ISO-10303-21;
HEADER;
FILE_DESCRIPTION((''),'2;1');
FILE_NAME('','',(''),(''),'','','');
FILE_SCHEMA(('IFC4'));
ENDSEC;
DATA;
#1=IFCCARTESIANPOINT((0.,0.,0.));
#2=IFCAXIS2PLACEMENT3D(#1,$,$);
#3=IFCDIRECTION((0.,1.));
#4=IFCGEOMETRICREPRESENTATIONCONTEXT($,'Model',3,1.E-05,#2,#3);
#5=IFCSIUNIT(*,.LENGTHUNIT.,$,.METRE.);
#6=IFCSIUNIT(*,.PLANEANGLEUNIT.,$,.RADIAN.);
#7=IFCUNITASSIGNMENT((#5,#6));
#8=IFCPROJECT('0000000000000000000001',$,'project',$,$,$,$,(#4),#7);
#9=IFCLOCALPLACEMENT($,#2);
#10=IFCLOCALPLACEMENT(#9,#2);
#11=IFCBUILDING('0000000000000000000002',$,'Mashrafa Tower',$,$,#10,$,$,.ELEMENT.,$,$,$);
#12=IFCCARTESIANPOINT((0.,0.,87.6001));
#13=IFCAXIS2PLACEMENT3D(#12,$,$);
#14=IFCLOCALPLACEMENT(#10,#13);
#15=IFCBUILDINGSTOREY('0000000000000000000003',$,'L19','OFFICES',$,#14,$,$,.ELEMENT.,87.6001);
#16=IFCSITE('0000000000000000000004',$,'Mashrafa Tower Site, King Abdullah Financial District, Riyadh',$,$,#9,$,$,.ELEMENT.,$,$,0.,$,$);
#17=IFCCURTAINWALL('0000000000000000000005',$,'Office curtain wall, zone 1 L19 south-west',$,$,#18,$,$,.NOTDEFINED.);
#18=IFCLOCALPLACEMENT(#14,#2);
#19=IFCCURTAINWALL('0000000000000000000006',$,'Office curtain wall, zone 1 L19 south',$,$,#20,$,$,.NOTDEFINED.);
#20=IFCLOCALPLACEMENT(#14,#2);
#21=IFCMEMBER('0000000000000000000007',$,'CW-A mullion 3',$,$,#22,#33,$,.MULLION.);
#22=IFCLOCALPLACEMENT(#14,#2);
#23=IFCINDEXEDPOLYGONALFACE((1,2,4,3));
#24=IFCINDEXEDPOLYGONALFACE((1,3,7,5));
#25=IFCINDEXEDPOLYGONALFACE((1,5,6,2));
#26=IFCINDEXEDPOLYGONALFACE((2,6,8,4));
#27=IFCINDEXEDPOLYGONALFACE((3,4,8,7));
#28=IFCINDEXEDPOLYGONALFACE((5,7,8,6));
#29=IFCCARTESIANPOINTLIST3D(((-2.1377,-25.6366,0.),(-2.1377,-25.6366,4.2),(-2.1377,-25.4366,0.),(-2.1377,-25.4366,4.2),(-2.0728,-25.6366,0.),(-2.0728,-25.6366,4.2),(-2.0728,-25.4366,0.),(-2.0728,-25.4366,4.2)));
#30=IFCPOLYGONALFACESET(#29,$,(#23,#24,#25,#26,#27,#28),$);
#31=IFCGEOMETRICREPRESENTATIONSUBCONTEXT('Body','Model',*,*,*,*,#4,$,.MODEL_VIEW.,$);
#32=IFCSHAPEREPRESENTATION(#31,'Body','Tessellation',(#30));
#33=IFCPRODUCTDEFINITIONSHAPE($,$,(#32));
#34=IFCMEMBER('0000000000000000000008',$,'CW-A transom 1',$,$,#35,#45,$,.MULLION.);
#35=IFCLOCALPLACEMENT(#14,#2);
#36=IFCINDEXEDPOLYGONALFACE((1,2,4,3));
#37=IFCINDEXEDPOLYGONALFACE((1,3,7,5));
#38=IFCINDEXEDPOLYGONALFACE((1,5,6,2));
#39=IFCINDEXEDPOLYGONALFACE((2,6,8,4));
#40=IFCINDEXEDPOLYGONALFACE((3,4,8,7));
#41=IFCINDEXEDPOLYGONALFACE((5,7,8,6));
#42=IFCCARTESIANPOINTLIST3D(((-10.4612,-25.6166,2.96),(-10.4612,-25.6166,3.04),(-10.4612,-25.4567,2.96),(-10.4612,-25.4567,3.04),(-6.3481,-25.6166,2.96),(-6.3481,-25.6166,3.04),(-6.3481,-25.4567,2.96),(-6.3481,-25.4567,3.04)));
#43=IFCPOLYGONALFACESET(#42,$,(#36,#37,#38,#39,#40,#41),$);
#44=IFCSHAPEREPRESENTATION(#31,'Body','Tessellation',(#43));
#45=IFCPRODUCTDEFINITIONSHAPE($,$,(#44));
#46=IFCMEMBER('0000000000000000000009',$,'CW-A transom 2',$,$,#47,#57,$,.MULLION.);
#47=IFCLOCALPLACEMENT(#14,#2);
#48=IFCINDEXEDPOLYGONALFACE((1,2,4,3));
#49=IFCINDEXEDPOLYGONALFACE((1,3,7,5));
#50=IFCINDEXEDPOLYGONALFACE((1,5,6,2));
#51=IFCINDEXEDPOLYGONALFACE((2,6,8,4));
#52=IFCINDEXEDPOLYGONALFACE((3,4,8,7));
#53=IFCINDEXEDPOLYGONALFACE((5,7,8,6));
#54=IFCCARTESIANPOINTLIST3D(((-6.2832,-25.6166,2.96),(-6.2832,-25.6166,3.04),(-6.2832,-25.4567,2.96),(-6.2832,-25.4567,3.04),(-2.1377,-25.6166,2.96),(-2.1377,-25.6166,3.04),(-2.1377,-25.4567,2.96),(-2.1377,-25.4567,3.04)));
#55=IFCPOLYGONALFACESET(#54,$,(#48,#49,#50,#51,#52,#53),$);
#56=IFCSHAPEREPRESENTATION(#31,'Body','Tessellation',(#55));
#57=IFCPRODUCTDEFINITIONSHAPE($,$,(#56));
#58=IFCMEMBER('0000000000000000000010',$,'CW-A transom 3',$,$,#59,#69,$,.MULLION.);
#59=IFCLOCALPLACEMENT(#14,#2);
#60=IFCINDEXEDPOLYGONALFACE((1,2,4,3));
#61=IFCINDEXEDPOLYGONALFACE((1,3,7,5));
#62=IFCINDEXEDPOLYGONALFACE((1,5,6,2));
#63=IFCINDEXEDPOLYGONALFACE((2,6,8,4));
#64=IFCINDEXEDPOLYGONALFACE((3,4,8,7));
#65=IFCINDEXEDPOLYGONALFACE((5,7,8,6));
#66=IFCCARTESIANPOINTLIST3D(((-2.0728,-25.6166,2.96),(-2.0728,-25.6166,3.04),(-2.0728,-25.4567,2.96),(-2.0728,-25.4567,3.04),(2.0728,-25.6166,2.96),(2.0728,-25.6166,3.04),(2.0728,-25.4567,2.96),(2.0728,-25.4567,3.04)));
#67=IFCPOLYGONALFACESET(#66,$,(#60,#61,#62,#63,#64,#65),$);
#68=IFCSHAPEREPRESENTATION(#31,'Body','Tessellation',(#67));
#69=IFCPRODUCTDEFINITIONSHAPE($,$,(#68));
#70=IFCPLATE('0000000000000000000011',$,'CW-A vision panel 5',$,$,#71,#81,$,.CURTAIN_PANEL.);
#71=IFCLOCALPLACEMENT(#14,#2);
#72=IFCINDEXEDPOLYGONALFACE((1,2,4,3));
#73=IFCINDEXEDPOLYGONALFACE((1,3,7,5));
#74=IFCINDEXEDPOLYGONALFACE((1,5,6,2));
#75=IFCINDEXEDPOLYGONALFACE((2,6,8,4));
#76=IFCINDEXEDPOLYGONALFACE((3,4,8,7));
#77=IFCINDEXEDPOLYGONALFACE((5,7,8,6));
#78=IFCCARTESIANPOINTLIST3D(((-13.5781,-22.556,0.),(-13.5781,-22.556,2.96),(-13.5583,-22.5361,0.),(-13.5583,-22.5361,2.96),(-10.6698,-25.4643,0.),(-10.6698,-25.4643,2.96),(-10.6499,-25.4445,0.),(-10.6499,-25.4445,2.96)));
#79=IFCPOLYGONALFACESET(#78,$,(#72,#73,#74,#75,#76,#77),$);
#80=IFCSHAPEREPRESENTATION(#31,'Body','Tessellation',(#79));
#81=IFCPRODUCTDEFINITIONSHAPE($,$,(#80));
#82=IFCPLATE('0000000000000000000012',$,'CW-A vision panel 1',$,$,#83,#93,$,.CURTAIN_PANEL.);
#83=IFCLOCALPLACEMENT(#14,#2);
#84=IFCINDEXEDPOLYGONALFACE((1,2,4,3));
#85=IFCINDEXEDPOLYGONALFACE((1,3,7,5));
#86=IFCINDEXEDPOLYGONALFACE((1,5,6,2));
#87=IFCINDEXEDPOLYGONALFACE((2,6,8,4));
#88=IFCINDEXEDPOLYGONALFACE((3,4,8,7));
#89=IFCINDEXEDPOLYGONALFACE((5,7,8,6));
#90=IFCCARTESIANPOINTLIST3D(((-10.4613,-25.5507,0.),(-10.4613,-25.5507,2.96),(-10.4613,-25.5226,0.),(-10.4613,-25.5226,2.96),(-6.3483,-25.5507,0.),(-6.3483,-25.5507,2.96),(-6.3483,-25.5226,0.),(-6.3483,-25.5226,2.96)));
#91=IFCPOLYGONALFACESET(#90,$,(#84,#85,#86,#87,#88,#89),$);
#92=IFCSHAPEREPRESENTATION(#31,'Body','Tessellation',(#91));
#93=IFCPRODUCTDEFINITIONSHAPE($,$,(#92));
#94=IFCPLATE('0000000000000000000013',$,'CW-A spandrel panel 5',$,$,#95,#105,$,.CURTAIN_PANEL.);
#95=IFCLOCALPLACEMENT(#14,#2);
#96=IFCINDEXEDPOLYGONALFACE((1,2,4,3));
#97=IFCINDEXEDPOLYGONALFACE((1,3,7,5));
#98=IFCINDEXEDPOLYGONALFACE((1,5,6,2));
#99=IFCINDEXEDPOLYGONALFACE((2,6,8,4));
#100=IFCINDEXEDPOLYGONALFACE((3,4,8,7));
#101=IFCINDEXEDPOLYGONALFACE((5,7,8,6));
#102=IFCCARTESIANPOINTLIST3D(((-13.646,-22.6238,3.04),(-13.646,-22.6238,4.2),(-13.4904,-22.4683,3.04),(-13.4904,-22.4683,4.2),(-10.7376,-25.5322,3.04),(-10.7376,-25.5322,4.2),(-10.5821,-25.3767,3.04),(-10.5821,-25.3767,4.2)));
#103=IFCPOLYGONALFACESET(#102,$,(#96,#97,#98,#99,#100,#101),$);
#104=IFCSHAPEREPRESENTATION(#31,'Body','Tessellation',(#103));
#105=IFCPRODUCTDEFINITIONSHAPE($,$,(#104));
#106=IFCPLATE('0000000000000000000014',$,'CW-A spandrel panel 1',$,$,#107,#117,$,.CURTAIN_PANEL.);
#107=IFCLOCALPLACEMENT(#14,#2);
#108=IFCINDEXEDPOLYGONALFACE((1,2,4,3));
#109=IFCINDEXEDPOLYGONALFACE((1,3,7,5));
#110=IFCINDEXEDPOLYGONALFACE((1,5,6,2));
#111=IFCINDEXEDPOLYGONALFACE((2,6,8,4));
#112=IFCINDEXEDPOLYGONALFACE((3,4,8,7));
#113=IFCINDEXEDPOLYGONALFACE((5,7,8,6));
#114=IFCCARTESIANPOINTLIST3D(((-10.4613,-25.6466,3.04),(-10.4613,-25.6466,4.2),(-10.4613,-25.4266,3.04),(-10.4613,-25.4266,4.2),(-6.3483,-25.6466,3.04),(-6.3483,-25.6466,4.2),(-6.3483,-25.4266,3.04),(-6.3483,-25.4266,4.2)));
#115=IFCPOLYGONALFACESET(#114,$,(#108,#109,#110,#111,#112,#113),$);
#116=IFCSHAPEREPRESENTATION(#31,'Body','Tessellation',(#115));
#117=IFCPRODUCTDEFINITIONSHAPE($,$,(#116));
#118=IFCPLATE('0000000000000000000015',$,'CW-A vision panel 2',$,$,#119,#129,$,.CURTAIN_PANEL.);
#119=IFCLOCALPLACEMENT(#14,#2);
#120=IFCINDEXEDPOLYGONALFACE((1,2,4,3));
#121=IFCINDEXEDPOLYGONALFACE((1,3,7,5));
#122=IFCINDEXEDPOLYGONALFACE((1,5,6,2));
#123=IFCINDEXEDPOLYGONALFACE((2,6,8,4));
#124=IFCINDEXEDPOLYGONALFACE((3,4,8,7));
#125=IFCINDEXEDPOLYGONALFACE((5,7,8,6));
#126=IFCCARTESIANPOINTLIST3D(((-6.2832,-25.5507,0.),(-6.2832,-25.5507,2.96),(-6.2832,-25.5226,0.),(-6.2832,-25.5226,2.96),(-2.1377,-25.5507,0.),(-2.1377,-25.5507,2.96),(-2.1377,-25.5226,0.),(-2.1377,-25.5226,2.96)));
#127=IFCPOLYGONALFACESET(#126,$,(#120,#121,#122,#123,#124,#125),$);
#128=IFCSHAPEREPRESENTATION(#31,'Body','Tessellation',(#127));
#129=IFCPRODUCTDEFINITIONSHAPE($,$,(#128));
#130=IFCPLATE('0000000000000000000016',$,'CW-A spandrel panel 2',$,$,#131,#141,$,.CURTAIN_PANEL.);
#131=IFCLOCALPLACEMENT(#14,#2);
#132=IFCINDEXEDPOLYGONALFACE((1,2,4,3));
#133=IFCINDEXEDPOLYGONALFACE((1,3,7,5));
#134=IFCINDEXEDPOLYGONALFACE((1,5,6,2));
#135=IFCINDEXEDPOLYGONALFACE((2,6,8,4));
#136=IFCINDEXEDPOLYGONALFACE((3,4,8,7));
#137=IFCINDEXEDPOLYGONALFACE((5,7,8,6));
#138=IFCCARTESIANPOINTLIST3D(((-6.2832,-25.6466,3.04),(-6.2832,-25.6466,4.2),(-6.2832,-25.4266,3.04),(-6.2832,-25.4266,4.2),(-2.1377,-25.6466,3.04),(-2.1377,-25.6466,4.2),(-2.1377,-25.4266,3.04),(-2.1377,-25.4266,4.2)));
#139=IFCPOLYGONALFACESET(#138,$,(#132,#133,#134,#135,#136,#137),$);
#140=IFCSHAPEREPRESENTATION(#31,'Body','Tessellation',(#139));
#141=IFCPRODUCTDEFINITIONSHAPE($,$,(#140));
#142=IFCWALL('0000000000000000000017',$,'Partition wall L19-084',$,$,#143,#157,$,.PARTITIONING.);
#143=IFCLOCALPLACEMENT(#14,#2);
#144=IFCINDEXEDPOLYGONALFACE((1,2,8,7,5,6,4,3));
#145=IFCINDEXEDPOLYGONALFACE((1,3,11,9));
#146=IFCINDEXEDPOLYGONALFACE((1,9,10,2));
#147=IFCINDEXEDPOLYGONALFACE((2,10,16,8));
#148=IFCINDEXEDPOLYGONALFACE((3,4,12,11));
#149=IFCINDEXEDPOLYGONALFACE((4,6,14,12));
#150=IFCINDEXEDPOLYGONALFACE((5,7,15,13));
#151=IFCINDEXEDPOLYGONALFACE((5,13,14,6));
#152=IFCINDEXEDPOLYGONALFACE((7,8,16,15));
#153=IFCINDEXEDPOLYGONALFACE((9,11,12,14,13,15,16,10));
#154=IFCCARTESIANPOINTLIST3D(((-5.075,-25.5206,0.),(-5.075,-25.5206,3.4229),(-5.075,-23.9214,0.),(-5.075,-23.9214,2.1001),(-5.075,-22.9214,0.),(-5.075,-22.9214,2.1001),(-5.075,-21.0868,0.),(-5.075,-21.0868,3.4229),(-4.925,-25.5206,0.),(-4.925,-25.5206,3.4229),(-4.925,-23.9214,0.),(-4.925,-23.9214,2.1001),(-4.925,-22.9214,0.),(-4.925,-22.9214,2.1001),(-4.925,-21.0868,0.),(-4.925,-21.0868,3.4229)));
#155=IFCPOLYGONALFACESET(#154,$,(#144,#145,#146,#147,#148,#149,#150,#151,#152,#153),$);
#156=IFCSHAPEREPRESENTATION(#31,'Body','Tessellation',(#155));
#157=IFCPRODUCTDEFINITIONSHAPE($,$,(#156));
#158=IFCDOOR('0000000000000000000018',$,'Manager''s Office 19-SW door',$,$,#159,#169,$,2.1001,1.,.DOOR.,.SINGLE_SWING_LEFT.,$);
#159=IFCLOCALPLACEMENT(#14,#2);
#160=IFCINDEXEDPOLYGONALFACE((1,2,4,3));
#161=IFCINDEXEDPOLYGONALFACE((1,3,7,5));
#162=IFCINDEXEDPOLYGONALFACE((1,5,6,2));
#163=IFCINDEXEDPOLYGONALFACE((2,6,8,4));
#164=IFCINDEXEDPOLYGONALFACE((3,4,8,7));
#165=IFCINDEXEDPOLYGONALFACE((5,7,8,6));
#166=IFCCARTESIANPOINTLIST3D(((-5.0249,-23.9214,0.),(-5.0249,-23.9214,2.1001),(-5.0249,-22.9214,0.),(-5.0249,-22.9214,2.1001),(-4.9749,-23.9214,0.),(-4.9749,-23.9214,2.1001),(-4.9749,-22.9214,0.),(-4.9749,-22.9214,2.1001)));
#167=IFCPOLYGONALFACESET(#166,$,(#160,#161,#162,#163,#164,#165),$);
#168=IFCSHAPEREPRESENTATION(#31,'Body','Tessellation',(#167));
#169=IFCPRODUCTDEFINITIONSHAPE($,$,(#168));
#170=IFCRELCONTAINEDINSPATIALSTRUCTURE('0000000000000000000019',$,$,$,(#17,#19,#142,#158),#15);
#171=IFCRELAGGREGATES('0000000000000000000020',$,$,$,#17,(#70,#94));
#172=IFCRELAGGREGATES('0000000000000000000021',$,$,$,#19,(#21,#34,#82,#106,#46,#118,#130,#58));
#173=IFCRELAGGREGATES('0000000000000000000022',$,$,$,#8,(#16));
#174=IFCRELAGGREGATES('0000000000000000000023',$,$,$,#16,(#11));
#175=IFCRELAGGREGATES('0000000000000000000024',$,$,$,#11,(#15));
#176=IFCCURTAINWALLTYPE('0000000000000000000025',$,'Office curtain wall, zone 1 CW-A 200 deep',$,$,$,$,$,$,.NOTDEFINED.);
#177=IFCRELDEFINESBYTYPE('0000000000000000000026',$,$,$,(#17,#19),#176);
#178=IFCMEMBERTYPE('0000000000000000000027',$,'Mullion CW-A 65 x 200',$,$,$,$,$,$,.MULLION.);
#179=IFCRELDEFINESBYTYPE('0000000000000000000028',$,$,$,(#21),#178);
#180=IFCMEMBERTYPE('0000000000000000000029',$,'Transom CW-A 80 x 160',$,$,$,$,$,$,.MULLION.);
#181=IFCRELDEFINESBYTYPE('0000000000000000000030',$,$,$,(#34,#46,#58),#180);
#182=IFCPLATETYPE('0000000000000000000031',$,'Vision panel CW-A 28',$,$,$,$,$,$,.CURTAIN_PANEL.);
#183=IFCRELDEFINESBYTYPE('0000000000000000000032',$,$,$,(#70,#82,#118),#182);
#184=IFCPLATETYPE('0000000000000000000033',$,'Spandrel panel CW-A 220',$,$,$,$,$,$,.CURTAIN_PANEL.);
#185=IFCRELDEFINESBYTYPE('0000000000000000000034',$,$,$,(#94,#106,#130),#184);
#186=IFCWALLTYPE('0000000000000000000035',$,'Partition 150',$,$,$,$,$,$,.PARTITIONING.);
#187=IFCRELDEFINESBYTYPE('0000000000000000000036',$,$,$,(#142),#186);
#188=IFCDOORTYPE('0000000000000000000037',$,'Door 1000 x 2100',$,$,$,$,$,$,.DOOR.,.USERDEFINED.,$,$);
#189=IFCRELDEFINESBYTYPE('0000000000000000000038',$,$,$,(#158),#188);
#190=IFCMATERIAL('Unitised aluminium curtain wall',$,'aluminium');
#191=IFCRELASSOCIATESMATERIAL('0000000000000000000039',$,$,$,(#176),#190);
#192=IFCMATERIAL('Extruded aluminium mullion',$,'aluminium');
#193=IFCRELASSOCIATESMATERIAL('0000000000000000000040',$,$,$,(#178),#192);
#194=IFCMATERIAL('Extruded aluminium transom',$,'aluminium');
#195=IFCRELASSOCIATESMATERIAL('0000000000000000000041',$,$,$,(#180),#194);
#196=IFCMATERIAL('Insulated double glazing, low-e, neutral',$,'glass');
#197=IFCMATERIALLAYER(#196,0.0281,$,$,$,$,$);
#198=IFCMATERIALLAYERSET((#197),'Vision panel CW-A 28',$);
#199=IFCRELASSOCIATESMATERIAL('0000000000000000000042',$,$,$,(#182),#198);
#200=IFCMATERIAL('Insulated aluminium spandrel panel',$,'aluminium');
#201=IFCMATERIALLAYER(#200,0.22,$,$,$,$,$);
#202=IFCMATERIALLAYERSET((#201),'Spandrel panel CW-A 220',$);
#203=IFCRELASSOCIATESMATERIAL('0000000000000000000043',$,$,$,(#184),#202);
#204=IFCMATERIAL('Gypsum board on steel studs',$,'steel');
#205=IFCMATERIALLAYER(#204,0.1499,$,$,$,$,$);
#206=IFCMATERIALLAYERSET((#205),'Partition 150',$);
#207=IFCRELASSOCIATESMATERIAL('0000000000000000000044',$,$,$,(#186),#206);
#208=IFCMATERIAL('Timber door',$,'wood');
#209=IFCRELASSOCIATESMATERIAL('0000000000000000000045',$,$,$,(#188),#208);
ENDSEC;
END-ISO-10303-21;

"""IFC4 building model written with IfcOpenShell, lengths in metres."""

from ifc_helpers import new_model, si_unit, direction, frame, frame_2d, origin, origin_2d, place, context, subcontext, project, spatial, rectangle, extrude, source, transform, mapped, material, layer, layer_set, material_profile, profile_set, type_object, type_shapes, element, fill, aggregate, save


model = new_model("IFC4")

# Units and contexts
model_context = context("Model", 3, precision=1e-05, world=origin(), true_north=direction((0.0, 1.0)))
body_context = subcontext(model_context, "Body", "Model", "MODEL_VIEW")
ifc_project = project(units=[si_unit("LENGTHUNIT", "METRE"), si_unit("PLANEANGLEUNIT", "RADIAN")], contexts=[model_context])

# Site, building, storey
site_placement = place(None, origin())
site = spatial("IfcSite", under=ifc_project, at=site_placement, Name="Mashrafa Tower Site, King Abdullah Financial District, Riyadh", CompositionType="ELEMENT", RefElevation=0.0)
building_placement = place(site_placement, origin())
building = spatial("IfcBuilding", under=site, at=building_placement, Name="Mashrafa Tower", CompositionType="ELEMENT")
storey_placement = place(building_placement, frame((0.0, 0.0, 87.6001)))
storey = spatial("IfcBuildingStorey", under=building, at=storey_placement, Name="L19", Description="OFFICES", CompositionType="ELEMENT", Elevation=87.6001)

# Curtain wall
ifc_material_1 = material(Name="Unitised aluminium curtain wall", Category="aluminium")
curtain_wall_type = type_object("IfcCurtainWallType", Name="Office curtain wall, zone 1 CW-A 200 deep", PredefinedType="NOTDEFINED", material=ifc_material_1)
curtain_wall_1_placement = place(storey_placement, origin())
curtain_wall_1 = element("IfcCurtainWall", 1, at=curtain_wall_1_placement, inside=storey, type_object=curtain_wall_type, Name="Office curtain wall, zone 1 L19 south-west", PredefinedType="NOTDEFINED")
ifc_material_2 = material(Name="Extruded aluminium mullion", Category="aluminium")
ifc_material_profile_1 = material_profile(ifc_material_2, rectangle(XDim=0.2, YDim=0.0649, at=origin_2d()), Name="Mullion 65x200")
ifc_profile_set_1 = profile_set([ifc_material_profile_1], Name="Extruded aluminium mullion")
member_type_1 = type_object("IfcMemberType", Name="Mullion CW-A 65 x 200", PredefinedType="MULLION", material=ifc_profile_set_1)
shared_shape_1 = source(origin(), body_context, "Body", "SweptSolid", [
    extrude(rectangle(XDim=0.2, YDim=0.0649, at=origin_2d()), origin(), (0.0, 0.0, 1.0), 4.2),
])
type_shapes(member_type_1, [shared_shape_1])

# Curtain wall, members
curtain_wall_2_placement = place(storey_placement, origin())
curtain_wall_2 = element("IfcCurtainWall", 2, at=curtain_wall_2_placement, inside=storey, type_object=curtain_wall_type, Name="Office curtain wall, zone 1 L19 south", PredefinedType="NOTDEFINED")
member_1_placement = place(storey_placement, frame((-2.1052, -25.5366, 0.0), z_axis=(0.0, 0.0, 1.0), x_axis=(0.0, 1.0, 0.0)))
member_1 = element("IfcMember", 3, at=member_1_placement, type_object=member_type_1, Name="CW-A mullion 3", PredefinedType="MULLION", context=body_context, shape_type="MappedRepresentation", body=[
    mapped(shared_shape_1, transform((0.0, 0.0, 0.0))),
])
ifc_material_3 = material(Name="Extruded aluminium transom", Category="aluminium")
ifc_material_profile_2 = material_profile(ifc_material_3, rectangle(XDim=0.1599, YDim=0.0801, at=origin_2d()), Name="Transom 80x160")
ifc_profile_set_2 = profile_set([ifc_material_profile_2], Name="Extruded aluminium transom")
member_type_2 = type_object("IfcMemberType", Name="Transom CW-A 80 x 160", PredefinedType="MULLION", material=ifc_profile_set_2)
shared_shape_2 = source(origin(), body_context, "Body", "SweptSolid", [
    extrude(rectangle(XDim=0.1599, YDim=0.0801, at=origin_2d()), origin(), (0.0, 0.0, 1.0), 4.113),
])
member_2_placement = place(storey_placement, frame((-10.4612, -25.5366, 3.0), z_axis=(1.0, 0.0, 0.0), x_axis=(0.0, 1.0, 0.0)))
member_2 = element("IfcMember", 4, at=member_2_placement, type_object=member_type_2, Name="CW-A transom 1", PredefinedType="MULLION", context=body_context, shape_type="MappedRepresentation", body=[
    mapped(shared_shape_2, transform((0.0, 0.0, 0.0))),
])
shared_shape_3 = source(origin(), body_context, "Body", "SweptSolid", [
    extrude(rectangle(XDim=0.1599, YDim=0.0801, at=origin_2d()), origin(), (0.0, 0.0, 1.0), 4.1455),
])
type_shapes(member_type_2, [shared_shape_2, shared_shape_3])
member_3_placement = place(storey_placement, frame((-6.2832, -25.5366, 3.0), z_axis=(1.0, 0.0, 0.0), x_axis=(0.0, 1.0, 0.0)))
member_3 = element("IfcMember", 5, at=member_3_placement, type_object=member_type_2, Name="CW-A transom 2", PredefinedType="MULLION", context=body_context, shape_type="MappedRepresentation", body=[
    mapped(shared_shape_3, transform((0.0, 0.0, 0.0))),
])
member_4_placement = place(storey_placement, frame((-2.0728, -25.5366, 3.0), z_axis=(1.0, 0.0, 0.0), x_axis=(0.0, 1.0, 0.0)))
member_4 = element("IfcMember", 6, at=member_4_placement, type_object=member_type_2, Name="CW-A transom 3", PredefinedType="MULLION", context=body_context, shape_type="MappedRepresentation", body=[
    mapped(shared_shape_3, transform((0.0, 0.0, 0.0))),
])

# Plates
ifc_material_4 = material(Name="Insulated double glazing, low-e, neutral", Category="glass")
ifc_layer_1 = layer(ifc_material_4, 0.0281)
ifc_layer_set_1 = layer_set([ifc_layer_1], Name="Vision panel CW-A 28")
plate_type_1 = type_object("IfcPlateType", Name="Vision panel CW-A 28", PredefinedType="CURTAIN_PANEL", material=ifc_layer_set_1)
shared_shape_4 = source(origin(), body_context, "Body", "SweptSolid", [
    extrude(rectangle(XDim=4.113, YDim=0.0281, at=origin_2d()), origin(), (0.0, 0.0, 1.0), 2.96),
])
plate_1_placement = place(storey_placement, frame((-12.114, -24.0002, 0.0), z_axis=(0.0, 0.0, 1.0), x_axis=(0.707107, -0.707107, 0.0)))
plate_1 = element("IfcPlate", 7, at=plate_1_placement, type_object=plate_type_1, Name="CW-A vision panel 5", PredefinedType="CURTAIN_PANEL", context=body_context, shape_type="MappedRepresentation", body=[
    mapped(shared_shape_4, transform((0.0, 0.0, 0.0))),
])
plate_2_placement = place(storey_placement, frame((-8.4048, -25.5366, 0.0), z_axis=(0.0, 0.0, 1.0), x_axis=(1.0, 0.0, 0.0)))
plate_2 = element("IfcPlate", 8, at=plate_2_placement, type_object=plate_type_1, Name="CW-A vision panel 1", PredefinedType="CURTAIN_PANEL", context=body_context, shape_type="MappedRepresentation", body=[
    mapped(shared_shape_4, transform((0.0, 0.0, 0.0))),
])
ifc_material_5 = material(Name="Insulated aluminium spandrel panel", Category="aluminium")
ifc_layer_2 = layer(ifc_material_5, 0.22)
ifc_layer_set_2 = layer_set([ifc_layer_2], Name="Spandrel panel CW-A 220")
plate_type_2 = type_object("IfcPlateType", Name="Spandrel panel CW-A 220", PredefinedType="CURTAIN_PANEL", material=ifc_layer_set_2)
shared_shape_5 = source(origin(), body_context, "Body", "SweptSolid", [
    extrude(rectangle(XDim=4.113, YDim=0.22, at=origin_2d()), origin(), (0.0, 0.0, 1.0), 1.1599),
])
plate_3_placement = place(storey_placement, frame((-12.114, -24.0002, 3.04), z_axis=(0.0, 0.0, 1.0), x_axis=(0.707107, -0.707107, 0.0)))
plate_3 = element("IfcPlate", 9, at=plate_3_placement, type_object=plate_type_2, Name="CW-A spandrel panel 5", PredefinedType="CURTAIN_PANEL", context=body_context, shape_type="MappedRepresentation", body=[
    mapped(shared_shape_5, transform((0.0, 0.0, 0.0))),
])
aggregate(curtain_wall_1, [plate_1, plate_3])
plate_4_placement = place(storey_placement, frame((-8.4048, -25.5366, 3.04), z_axis=(0.0, 0.0, 1.0), x_axis=(1.0, 0.0, 0.0)))
plate_4 = element("IfcPlate", 10, at=plate_4_placement, type_object=plate_type_2, Name="CW-A spandrel panel 1", PredefinedType="CURTAIN_PANEL", context=body_context, shape_type="MappedRepresentation", body=[
    mapped(shared_shape_5, transform((0.0, 0.0, 0.0))),
])
shared_shape_6 = source(origin(), body_context, "Body", "SweptSolid", [
    extrude(rectangle(XDim=4.1455, YDim=0.0281, at=origin_2d()), origin(), (0.0, 0.0, 1.0), 2.96),
])
type_shapes(plate_type_1, [shared_shape_4, shared_shape_6])
plate_5_placement = place(storey_placement, frame((-4.2104, -25.5366, 0.0), z_axis=(0.0, 0.0, 1.0), x_axis=(1.0, 0.0, 0.0)))
plate_5 = element("IfcPlate", 11, at=plate_5_placement, type_object=plate_type_1, Name="CW-A vision panel 2", PredefinedType="CURTAIN_PANEL", context=body_context, shape_type="MappedRepresentation", body=[
    mapped(shared_shape_6, transform((0.0, 0.0, 0.0))),
])
shared_shape_7 = source(origin(), body_context, "Body", "SweptSolid", [
    extrude(rectangle(XDim=4.1455, YDim=0.22, at=origin_2d()), origin(), (0.0, 0.0, 1.0), 1.1599),
])
type_shapes(plate_type_2, [shared_shape_5, shared_shape_7])
plate_6_placement = place(storey_placement, frame((-4.2104, -25.5366, 3.04), z_axis=(0.0, 0.0, 1.0), x_axis=(1.0, 0.0, 0.0)))
plate_6 = element("IfcPlate", 12, at=plate_6_placement, type_object=plate_type_2, Name="CW-A spandrel panel 2", PredefinedType="CURTAIN_PANEL", context=body_context, shape_type="MappedRepresentation", body=[
    mapped(shared_shape_7, transform((0.0, 0.0, 0.0))),
])
aggregate(curtain_wall_2, [member_1, member_2, plate_2, plate_4, member_3, plate_5, plate_6, member_4])

# Wall, opening, door
ifc_material_6 = material(Name="Gypsum board on steel studs", Category="steel")
ifc_layer_3 = layer(ifc_material_6, 0.1499)
ifc_layer_set_3 = layer_set([ifc_layer_3], Name="Partition 150")
wall_type = type_object("IfcWallType", Name="Partition 150", PredefinedType="PARTITIONING", material=ifc_layer_set_3)
wall_1_placement = place(storey_placement, frame((-5.0, -25.5205, 0.0), z_axis=(0.0, 0.0, 1.0), x_axis=(0.0, 1.0, 0.0)))
wall_1 = element("IfcWall", 13, at=wall_1_placement, inside=storey, type_object=wall_type, Name="Partition wall L19-084", PredefinedType="PARTITIONING", context=body_context, shape_type="SweptSolid", body=[
    extrude(rectangle(XDim=4.4338, YDim=0.1499, at=frame_2d((2.2168, 0.0))), origin(), (0.0, 0.0, 1.0), 3.4229),
])
opening_1_placement = place(wall_1_placement, frame((1.5991, 0.0, 0.0)))
opening_1 = element("IfcOpeningElement", 14, at=opening_1_placement, cuts=wall_1, PredefinedType="OPENING", context=body_context, shape_type="SweptSolid", body=[
    extrude(rectangle(XDim=1.0, YDim=2.1001, at=frame_2d((0.5, 1.05))), frame((0.0, 0.085, 0.0), z_axis=(0.0, -1.0, 0.0), x_axis=(1.0, 0.0, 0.0)), (0.0, 0.0, 1.0), 0.1699),
])
ifc_material_7 = material(Name="Timber door", Category="wood")
door_type = type_object("IfcDoorType", Name="Door 1000 x 2100", OperationType="USERDEFINED", PredefinedType="DOOR", material=ifc_material_7)
door_1_placement = place(opening_1_placement, origin())
door_1 = element("IfcDoor", 15, at=door_1_placement, inside=storey, type_object=door_type, Name="Manager's Office 19-SW door", OperationType="SINGLE_SWING_LEFT", OverallHeight=2.1001, OverallWidth=1.0, PredefinedType="DOOR", context=body_context, shape_type="SweptSolid", body=[
    extrude(rectangle(XDim=1.0, YDim=2.1001, at=frame_2d((0.5, 1.05))), frame((0.0, 0.0249, 0.0), z_axis=(0.0, -1.0, 0.0), x_axis=(1.0, 0.0, 0.0)), (0.0, 0.0, 1.0), 0.05),
])
fill(opening_1, door_1)

save(model, "model.ifc")
